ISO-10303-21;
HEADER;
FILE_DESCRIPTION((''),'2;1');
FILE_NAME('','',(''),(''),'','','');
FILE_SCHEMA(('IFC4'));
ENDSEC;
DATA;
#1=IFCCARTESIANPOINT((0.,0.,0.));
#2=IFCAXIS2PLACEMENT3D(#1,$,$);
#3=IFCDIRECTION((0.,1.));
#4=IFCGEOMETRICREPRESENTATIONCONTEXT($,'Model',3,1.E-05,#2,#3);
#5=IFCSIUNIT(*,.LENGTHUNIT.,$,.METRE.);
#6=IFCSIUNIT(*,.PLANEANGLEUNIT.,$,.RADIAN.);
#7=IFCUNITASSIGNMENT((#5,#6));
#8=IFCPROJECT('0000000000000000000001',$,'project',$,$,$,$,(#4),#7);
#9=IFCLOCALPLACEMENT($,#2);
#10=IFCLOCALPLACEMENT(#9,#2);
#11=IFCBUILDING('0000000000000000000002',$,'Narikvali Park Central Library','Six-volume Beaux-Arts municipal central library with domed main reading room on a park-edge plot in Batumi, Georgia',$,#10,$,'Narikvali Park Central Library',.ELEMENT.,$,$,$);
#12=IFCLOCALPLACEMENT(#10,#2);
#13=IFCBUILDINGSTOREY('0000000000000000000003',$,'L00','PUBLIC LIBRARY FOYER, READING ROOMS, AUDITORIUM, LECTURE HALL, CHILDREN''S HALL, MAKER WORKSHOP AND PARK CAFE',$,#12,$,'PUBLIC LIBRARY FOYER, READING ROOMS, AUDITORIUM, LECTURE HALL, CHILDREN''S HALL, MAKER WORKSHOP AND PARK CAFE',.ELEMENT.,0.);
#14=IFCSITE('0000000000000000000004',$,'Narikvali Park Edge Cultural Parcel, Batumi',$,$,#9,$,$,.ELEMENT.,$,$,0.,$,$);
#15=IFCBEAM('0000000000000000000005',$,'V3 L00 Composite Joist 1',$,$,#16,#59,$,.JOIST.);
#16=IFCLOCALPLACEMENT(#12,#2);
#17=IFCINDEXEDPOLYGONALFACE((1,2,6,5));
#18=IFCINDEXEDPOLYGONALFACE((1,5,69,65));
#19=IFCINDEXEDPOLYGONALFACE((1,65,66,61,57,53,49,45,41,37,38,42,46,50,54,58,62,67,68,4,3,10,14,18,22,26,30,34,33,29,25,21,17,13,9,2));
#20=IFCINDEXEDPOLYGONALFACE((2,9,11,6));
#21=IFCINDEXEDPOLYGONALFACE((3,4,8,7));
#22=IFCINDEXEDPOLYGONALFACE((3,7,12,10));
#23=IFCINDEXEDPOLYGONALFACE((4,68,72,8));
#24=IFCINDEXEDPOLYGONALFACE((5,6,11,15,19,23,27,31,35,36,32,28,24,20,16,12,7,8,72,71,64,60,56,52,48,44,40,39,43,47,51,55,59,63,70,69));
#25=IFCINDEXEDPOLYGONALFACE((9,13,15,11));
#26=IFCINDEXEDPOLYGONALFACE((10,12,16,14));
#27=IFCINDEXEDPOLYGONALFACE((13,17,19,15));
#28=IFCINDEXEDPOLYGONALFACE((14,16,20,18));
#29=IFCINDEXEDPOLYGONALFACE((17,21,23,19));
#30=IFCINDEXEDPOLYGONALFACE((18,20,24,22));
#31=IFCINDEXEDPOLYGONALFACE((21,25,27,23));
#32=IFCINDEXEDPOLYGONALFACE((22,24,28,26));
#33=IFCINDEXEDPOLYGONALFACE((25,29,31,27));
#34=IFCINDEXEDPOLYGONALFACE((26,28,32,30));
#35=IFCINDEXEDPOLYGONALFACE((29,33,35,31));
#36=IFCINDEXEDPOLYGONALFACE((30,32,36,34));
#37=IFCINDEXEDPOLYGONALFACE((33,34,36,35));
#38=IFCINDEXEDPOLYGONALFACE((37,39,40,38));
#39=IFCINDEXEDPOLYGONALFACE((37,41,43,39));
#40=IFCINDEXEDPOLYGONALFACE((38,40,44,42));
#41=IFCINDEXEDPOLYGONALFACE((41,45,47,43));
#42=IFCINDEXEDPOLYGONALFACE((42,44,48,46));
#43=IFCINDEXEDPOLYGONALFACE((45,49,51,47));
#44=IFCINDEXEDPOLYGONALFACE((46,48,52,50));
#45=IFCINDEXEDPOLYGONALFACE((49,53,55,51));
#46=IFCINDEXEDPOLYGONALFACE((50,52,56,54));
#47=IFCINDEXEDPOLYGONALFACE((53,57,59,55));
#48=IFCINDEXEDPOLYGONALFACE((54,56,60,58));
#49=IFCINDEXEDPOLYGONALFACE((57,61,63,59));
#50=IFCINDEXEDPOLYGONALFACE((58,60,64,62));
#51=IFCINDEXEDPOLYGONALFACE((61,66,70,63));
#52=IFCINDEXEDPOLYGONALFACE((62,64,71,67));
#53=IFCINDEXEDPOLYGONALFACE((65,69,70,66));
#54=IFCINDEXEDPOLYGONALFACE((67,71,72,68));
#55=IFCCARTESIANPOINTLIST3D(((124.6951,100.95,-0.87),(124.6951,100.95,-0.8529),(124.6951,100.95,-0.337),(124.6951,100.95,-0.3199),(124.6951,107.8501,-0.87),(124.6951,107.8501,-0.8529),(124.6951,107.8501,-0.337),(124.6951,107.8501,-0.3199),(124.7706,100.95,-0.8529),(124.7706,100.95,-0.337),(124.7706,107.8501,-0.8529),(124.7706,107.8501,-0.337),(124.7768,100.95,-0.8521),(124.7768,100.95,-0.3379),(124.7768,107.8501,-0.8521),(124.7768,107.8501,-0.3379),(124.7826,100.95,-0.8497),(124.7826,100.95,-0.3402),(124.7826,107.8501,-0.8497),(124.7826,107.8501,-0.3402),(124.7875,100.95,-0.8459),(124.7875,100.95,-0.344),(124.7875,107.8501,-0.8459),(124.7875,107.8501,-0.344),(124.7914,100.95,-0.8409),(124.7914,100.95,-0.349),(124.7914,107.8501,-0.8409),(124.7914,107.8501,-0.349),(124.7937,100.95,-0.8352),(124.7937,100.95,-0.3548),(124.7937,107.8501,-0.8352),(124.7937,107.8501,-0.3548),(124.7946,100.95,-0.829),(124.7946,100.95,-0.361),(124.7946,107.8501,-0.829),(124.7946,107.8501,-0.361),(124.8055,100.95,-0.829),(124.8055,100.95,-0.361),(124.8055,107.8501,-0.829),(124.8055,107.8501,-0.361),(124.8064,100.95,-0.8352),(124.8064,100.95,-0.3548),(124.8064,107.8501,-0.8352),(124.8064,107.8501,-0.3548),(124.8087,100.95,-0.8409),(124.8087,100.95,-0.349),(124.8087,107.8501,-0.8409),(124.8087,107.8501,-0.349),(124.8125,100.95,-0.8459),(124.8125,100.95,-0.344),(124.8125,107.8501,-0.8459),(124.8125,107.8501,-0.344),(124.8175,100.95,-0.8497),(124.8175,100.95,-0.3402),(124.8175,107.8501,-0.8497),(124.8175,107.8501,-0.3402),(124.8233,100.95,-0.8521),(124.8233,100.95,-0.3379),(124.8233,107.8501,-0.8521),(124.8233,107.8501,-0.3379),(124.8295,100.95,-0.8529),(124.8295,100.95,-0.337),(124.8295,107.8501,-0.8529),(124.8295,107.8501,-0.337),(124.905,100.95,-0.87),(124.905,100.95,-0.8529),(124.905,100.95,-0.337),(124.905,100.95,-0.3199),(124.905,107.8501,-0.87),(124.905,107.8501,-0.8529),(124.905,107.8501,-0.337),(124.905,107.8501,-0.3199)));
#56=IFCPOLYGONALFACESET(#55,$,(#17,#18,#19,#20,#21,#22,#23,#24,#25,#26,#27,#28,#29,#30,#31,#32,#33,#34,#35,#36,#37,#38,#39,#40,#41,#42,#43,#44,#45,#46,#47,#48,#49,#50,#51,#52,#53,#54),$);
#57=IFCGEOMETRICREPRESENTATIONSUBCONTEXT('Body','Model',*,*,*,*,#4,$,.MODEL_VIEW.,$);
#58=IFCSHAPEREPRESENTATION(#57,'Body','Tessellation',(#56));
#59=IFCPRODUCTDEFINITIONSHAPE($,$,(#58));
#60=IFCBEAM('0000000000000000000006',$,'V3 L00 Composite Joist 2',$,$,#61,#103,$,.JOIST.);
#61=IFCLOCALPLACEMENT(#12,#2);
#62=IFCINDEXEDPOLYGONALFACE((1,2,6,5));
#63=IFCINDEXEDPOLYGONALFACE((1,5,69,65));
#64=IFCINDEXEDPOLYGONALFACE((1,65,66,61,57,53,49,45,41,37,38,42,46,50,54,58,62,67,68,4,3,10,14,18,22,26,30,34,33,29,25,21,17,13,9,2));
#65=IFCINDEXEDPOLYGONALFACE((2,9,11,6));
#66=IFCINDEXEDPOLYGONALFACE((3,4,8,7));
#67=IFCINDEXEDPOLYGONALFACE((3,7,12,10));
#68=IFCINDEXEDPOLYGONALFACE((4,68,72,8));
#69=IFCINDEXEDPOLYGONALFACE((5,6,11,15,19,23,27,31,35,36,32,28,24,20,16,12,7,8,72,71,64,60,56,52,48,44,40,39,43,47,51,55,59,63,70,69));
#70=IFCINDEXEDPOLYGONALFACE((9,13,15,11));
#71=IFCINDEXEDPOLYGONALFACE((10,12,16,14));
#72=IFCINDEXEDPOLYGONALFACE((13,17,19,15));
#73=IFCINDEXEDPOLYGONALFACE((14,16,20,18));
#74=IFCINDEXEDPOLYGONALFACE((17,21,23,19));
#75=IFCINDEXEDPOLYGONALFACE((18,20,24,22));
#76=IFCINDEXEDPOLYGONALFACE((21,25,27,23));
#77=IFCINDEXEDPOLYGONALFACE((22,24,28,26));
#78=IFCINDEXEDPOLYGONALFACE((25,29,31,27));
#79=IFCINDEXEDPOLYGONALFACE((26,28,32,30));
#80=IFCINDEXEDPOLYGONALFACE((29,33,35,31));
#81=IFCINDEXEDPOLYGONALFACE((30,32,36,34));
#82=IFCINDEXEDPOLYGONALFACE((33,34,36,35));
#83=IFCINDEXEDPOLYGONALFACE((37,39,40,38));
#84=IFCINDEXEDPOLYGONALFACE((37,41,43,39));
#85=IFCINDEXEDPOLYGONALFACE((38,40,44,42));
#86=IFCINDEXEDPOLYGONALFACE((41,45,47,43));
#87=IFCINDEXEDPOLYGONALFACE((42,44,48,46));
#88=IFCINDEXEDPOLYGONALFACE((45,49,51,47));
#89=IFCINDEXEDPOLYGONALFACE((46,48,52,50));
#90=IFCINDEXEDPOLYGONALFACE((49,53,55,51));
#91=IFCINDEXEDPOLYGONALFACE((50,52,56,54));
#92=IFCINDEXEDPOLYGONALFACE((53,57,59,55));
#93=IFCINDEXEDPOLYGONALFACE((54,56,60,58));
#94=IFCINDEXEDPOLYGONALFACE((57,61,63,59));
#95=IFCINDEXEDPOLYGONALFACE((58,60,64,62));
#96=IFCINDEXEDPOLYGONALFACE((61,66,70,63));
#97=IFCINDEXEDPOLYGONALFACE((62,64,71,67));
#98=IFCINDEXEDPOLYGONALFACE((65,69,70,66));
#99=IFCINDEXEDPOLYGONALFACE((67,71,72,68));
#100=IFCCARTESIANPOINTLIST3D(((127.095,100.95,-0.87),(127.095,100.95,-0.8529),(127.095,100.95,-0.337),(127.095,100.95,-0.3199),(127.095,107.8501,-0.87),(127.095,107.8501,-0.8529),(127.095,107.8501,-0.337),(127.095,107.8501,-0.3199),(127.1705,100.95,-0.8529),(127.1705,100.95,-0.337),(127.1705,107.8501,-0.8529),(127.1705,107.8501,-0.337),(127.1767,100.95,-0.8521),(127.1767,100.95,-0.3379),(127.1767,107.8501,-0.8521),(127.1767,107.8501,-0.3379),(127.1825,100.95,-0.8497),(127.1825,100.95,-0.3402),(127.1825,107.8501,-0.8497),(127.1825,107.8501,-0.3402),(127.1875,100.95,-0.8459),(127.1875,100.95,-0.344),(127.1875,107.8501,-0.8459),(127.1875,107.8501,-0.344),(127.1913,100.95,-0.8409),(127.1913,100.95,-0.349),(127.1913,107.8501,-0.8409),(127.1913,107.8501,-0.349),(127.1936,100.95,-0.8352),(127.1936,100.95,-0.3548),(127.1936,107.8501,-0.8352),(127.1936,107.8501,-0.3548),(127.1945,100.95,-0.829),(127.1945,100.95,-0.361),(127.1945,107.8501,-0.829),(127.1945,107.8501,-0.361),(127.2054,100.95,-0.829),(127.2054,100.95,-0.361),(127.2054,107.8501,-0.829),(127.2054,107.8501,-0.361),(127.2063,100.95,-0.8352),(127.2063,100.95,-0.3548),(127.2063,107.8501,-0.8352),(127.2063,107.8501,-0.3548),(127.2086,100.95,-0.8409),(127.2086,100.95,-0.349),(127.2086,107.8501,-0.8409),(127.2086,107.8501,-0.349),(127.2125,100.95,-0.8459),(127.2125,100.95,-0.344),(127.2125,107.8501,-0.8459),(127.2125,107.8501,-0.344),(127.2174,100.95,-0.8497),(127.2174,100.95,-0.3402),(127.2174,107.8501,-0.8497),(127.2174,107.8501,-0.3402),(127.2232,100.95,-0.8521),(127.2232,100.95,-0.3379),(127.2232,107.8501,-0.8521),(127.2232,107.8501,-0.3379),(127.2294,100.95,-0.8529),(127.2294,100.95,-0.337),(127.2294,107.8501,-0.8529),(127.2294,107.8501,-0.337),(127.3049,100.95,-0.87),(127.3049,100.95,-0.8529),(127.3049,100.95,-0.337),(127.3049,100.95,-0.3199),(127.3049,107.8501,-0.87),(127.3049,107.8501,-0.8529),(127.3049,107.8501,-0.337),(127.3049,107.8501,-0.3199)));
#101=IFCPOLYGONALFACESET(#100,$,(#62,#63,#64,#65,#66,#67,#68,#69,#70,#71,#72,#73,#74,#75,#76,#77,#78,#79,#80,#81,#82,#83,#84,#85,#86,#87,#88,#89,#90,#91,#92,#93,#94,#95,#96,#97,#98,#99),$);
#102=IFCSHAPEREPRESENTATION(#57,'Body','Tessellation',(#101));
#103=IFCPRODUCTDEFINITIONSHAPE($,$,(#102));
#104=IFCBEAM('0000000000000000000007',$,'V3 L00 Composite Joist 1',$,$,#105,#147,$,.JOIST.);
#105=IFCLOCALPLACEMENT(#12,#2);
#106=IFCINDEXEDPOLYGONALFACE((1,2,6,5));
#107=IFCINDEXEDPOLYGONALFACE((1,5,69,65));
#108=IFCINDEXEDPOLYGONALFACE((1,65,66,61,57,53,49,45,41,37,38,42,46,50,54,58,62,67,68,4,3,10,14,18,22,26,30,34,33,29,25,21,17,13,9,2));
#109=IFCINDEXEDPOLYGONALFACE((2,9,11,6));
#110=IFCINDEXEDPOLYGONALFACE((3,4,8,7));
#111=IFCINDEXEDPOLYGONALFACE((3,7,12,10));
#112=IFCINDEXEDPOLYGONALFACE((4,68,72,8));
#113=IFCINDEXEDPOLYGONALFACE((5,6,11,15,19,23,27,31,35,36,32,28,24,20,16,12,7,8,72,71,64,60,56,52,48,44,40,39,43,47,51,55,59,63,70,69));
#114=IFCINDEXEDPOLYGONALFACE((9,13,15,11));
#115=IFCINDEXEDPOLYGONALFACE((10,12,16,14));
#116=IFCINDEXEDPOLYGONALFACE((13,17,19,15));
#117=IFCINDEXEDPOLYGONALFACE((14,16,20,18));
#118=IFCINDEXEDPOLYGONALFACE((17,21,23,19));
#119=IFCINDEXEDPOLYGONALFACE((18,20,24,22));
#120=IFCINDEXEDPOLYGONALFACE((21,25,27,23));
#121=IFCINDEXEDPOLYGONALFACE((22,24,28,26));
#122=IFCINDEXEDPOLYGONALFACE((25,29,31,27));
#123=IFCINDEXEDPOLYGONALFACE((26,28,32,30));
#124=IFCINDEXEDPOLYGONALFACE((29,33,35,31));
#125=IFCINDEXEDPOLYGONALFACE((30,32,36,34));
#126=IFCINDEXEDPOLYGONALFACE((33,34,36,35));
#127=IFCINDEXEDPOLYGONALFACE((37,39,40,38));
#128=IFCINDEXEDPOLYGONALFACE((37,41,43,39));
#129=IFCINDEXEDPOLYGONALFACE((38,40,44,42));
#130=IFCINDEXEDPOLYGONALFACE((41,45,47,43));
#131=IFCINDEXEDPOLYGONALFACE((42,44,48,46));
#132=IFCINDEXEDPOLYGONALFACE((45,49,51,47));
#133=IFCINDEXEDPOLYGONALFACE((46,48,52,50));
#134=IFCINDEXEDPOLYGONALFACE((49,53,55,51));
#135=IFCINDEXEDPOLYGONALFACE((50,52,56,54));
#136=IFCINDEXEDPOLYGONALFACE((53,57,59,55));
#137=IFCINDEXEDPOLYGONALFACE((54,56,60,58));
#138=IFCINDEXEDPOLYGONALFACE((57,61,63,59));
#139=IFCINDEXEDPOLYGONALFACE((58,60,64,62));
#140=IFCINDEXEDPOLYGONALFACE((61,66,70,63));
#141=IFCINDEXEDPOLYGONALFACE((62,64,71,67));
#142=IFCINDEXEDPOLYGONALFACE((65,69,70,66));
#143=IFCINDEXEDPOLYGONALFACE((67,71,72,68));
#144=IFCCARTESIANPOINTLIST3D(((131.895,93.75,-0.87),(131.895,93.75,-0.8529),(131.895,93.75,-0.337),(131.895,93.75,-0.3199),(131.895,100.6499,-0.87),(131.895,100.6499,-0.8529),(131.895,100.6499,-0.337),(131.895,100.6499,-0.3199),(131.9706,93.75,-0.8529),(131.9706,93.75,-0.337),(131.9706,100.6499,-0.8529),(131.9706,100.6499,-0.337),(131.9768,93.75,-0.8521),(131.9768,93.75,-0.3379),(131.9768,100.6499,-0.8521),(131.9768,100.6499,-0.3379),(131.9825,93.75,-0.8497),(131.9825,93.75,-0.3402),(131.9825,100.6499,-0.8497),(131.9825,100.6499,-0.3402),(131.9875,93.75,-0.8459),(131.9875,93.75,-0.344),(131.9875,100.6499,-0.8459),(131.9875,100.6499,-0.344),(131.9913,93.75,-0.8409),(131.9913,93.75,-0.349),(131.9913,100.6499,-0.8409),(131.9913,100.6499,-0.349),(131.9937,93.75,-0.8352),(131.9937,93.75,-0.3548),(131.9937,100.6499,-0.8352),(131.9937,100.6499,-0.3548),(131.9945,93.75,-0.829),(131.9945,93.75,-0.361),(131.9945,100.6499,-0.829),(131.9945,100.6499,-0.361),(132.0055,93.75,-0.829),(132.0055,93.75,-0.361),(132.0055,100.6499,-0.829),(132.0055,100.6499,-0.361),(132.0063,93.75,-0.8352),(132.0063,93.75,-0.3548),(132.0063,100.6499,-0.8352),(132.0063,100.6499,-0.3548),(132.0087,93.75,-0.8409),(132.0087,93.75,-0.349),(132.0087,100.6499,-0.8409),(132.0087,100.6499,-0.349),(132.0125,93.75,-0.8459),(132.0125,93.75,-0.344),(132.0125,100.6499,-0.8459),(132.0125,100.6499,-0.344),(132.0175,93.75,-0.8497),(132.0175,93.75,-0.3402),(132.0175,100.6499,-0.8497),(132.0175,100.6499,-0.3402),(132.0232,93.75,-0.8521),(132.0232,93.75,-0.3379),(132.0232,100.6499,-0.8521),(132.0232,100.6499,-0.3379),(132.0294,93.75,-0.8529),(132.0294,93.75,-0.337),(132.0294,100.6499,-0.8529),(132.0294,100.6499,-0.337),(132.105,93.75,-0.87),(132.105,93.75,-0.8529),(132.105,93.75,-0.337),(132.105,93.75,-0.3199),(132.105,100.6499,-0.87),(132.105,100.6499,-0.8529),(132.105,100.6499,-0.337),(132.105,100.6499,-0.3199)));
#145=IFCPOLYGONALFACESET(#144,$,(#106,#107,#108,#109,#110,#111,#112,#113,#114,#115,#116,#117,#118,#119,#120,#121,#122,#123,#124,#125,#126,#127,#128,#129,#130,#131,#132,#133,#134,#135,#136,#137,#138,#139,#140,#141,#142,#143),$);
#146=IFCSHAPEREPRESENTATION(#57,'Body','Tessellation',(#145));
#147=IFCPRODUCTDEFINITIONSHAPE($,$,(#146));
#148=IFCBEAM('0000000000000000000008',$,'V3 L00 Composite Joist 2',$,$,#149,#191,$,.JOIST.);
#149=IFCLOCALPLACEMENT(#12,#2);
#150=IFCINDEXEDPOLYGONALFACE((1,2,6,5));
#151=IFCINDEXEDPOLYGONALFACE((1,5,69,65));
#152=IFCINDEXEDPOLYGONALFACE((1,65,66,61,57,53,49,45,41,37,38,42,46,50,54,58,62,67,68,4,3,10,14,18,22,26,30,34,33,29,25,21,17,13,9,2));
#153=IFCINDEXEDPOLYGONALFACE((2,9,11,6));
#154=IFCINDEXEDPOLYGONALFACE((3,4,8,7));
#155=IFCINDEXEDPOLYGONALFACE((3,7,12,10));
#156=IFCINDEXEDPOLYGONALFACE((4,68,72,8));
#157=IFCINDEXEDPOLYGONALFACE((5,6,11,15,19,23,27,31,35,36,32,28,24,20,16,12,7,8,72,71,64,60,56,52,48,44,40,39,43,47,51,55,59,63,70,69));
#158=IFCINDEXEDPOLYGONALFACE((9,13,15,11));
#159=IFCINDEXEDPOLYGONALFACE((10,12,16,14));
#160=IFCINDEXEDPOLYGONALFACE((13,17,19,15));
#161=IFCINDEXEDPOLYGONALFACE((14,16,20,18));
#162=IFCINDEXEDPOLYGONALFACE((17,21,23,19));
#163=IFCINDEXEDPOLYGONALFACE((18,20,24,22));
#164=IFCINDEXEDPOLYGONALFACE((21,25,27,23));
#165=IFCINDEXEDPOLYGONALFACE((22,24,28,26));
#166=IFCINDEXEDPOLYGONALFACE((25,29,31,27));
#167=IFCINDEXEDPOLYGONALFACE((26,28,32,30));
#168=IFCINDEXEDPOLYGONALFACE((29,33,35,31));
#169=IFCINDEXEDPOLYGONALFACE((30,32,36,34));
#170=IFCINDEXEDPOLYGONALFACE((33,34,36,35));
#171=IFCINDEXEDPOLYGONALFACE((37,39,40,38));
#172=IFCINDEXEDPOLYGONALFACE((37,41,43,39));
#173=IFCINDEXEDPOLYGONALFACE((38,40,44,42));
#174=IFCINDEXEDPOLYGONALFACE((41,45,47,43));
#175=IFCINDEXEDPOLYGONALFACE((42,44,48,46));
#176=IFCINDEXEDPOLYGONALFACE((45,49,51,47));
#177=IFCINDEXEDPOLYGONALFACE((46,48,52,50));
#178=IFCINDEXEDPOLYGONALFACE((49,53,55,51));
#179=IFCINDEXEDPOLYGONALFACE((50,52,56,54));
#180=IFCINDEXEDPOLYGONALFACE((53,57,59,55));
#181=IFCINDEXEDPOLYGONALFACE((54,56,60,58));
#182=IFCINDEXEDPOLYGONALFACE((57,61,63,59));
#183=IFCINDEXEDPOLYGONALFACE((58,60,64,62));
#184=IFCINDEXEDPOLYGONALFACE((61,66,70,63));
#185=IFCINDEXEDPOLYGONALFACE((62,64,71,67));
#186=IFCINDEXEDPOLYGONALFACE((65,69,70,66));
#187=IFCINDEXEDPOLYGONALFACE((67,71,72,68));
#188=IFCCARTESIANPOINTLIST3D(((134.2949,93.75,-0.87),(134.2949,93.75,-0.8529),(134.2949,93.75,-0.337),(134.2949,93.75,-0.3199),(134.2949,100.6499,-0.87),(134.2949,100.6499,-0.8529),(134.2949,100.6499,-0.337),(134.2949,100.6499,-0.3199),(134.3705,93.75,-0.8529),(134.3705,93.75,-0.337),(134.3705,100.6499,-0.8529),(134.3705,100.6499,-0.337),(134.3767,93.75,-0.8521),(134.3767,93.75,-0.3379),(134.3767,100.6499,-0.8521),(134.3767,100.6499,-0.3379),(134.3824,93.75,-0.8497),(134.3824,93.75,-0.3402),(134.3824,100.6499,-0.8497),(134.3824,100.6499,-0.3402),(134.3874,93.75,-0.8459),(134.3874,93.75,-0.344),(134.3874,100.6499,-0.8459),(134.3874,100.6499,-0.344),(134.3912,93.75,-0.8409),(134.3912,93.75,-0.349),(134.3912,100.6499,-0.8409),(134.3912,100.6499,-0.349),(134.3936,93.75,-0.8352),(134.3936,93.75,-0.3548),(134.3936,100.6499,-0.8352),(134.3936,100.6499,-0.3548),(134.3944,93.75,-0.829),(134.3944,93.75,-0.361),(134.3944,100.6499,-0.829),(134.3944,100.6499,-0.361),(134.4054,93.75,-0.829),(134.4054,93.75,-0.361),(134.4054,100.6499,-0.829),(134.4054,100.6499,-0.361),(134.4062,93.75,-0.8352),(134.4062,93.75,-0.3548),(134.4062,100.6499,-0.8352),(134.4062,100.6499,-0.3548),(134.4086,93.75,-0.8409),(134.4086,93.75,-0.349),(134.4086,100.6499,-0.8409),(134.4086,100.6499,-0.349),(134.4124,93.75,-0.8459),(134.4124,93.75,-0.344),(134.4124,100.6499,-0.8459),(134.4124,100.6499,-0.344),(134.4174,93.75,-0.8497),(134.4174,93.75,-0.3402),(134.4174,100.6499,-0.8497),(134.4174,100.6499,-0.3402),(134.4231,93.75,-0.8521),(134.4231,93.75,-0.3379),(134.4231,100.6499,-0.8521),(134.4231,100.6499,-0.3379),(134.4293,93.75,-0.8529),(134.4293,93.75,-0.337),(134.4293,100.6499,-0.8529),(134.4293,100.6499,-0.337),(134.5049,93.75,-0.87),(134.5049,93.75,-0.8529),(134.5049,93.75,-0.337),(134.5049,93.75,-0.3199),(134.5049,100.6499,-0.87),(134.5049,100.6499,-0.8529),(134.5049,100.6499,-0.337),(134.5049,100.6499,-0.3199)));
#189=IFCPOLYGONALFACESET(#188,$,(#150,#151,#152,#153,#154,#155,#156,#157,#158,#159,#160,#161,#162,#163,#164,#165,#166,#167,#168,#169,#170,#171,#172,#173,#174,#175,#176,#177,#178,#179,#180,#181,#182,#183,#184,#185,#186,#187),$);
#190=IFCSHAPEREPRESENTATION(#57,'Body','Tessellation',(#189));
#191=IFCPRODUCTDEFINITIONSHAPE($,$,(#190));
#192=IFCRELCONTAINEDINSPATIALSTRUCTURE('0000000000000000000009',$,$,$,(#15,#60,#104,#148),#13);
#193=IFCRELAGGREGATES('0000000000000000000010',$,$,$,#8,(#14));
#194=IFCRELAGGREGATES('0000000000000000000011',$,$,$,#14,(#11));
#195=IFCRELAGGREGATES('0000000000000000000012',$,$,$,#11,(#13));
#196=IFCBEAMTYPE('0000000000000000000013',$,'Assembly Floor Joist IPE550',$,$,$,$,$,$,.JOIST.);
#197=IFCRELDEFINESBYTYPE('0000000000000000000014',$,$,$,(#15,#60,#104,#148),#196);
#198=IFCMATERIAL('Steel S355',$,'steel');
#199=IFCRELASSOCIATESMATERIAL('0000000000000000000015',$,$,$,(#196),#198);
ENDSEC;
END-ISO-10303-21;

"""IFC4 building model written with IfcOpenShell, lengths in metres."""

from ifc_helpers import new_model, si_unit, direction, frame, origin, origin_2d, place, context, subcontext, project, spatial, i_section, extrude, material, material_profile, profile_set, type_object, element, save


model = new_model("IFC4")

# Units and contexts
model_context = context("Model", 3, precision=1e-05, world=origin(), true_north=direction((0.0, 1.0)))
body_context = subcontext(model_context, "Body", "Model", "MODEL_VIEW")
ifc_project = project(units=[si_unit("LENGTHUNIT", "METRE"), si_unit("PLANEANGLEUNIT", "RADIAN")], contexts=[model_context])

# Site, building, storey
site_placement = place(None, origin())
site = spatial("IfcSite", under=ifc_project, at=site_placement, Name="Narikvali Park Edge Cultural Parcel, Batumi", CompositionType="ELEMENT", RefElevation=0.0)
building_placement = place(site_placement, origin())
building = spatial("IfcBuilding", under=site, at=building_placement, Name="Narikvali Park Central Library", Description="Six-volume Beaux-Arts municipal central library with domed main reading room on a park-edge plot in Batumi, Georgia", LongName="Narikvali Park Central Library", CompositionType="ELEMENT")
storey_placement = place(building_placement, origin())
storey = spatial("IfcBuildingStorey", under=building, at=storey_placement, Name="L00", Description="PUBLIC LIBRARY FOYER, READING ROOMS, AUDITORIUM, LECTURE HALL, CHILDREN'S HALL, MAKER WORKSHOP AND PARK CAFE", LongName="PUBLIC LIBRARY FOYER, READING ROOMS, AUDITORIUM, LECTURE HALL, CHILDREN'S HALL, MAKER WORKSHOP AND PARK CAFE", CompositionType="ELEMENT", Elevation=0.0)

# Shared definitions
ifc_material_1 = material(Name="Steel S355", Category="steel")

# Beams
ifc_material_profile_1 = material_profile(ifc_material_1, i_section(OverallWidth=0.21, OverallDepth=0.55, WebThickness=0.011, FlangeThickness=0.0171, FilletRadius=0.0239, at=origin_2d()), Name="IPE 550")
ifc_profile_set_1 = profile_set([ifc_material_profile_1], Name="Steel S355")
beam_type_1 = type_object("IfcBeamType", Name="Assembly Floor Joist IPE550", PredefinedType="JOIST", material=ifc_profile_set_1)
for number, where, z_axis, x_axis, name in (
    (1, (124.8, 100.95, -0.595), (0.0, 1.0, 0.0), (-1.0, 0.0, 0.0), "V3 L00 Composite Joist 1"),
    (2, (127.2, 100.95, -0.595), (0.0, 1.0, 0.0), (-1.0, 0.0, 0.0), "V3 L00 Composite Joist 2"),
):
    element("IfcBeam", number, at=place(storey_placement, frame(where, z_axis=z_axis, x_axis=x_axis)), inside=storey, type_object=beam_type_1, Name=name, PredefinedType="JOIST", context=body_context, shape_type="SweptSolid", body=[
        extrude(i_section(OverallWidth=0.21, OverallDepth=0.55, WebThickness=0.011, FlangeThickness=0.0171, FilletRadius=0.0239, at=origin_2d()), origin(), (0.0, 0.0, 1.0), 6.9001),
    ])
for number, where, z_axis, x_axis, name in (
    (3, (132.0, 93.75, -0.595), (0.0, 1.0, 0.0), (-1.0, 0.0, 0.0), "V3 L00 Composite Joist 1"),
    (4, (134.3999, 93.75, -0.595), (0.0, 1.0, 0.0), (-1.0, 0.0, 0.0), "V3 L00 Composite Joist 2"),
):
    element("IfcBeam", number, at=place(storey_placement, frame(where, z_axis=z_axis, x_axis=x_axis)), inside=storey, type_object=beam_type_1, Name=name, PredefinedType="JOIST", context=body_context, shape_type="SweptSolid", body=[
        extrude(i_section(OverallWidth=0.21, OverallDepth=0.55, WebThickness=0.011, FlangeThickness=0.0171, FilletRadius=0.0239, at=origin_2d()), origin(), (0.0, 0.0, 1.0), 6.8999),
    ])

save(model, "model.ifc")
